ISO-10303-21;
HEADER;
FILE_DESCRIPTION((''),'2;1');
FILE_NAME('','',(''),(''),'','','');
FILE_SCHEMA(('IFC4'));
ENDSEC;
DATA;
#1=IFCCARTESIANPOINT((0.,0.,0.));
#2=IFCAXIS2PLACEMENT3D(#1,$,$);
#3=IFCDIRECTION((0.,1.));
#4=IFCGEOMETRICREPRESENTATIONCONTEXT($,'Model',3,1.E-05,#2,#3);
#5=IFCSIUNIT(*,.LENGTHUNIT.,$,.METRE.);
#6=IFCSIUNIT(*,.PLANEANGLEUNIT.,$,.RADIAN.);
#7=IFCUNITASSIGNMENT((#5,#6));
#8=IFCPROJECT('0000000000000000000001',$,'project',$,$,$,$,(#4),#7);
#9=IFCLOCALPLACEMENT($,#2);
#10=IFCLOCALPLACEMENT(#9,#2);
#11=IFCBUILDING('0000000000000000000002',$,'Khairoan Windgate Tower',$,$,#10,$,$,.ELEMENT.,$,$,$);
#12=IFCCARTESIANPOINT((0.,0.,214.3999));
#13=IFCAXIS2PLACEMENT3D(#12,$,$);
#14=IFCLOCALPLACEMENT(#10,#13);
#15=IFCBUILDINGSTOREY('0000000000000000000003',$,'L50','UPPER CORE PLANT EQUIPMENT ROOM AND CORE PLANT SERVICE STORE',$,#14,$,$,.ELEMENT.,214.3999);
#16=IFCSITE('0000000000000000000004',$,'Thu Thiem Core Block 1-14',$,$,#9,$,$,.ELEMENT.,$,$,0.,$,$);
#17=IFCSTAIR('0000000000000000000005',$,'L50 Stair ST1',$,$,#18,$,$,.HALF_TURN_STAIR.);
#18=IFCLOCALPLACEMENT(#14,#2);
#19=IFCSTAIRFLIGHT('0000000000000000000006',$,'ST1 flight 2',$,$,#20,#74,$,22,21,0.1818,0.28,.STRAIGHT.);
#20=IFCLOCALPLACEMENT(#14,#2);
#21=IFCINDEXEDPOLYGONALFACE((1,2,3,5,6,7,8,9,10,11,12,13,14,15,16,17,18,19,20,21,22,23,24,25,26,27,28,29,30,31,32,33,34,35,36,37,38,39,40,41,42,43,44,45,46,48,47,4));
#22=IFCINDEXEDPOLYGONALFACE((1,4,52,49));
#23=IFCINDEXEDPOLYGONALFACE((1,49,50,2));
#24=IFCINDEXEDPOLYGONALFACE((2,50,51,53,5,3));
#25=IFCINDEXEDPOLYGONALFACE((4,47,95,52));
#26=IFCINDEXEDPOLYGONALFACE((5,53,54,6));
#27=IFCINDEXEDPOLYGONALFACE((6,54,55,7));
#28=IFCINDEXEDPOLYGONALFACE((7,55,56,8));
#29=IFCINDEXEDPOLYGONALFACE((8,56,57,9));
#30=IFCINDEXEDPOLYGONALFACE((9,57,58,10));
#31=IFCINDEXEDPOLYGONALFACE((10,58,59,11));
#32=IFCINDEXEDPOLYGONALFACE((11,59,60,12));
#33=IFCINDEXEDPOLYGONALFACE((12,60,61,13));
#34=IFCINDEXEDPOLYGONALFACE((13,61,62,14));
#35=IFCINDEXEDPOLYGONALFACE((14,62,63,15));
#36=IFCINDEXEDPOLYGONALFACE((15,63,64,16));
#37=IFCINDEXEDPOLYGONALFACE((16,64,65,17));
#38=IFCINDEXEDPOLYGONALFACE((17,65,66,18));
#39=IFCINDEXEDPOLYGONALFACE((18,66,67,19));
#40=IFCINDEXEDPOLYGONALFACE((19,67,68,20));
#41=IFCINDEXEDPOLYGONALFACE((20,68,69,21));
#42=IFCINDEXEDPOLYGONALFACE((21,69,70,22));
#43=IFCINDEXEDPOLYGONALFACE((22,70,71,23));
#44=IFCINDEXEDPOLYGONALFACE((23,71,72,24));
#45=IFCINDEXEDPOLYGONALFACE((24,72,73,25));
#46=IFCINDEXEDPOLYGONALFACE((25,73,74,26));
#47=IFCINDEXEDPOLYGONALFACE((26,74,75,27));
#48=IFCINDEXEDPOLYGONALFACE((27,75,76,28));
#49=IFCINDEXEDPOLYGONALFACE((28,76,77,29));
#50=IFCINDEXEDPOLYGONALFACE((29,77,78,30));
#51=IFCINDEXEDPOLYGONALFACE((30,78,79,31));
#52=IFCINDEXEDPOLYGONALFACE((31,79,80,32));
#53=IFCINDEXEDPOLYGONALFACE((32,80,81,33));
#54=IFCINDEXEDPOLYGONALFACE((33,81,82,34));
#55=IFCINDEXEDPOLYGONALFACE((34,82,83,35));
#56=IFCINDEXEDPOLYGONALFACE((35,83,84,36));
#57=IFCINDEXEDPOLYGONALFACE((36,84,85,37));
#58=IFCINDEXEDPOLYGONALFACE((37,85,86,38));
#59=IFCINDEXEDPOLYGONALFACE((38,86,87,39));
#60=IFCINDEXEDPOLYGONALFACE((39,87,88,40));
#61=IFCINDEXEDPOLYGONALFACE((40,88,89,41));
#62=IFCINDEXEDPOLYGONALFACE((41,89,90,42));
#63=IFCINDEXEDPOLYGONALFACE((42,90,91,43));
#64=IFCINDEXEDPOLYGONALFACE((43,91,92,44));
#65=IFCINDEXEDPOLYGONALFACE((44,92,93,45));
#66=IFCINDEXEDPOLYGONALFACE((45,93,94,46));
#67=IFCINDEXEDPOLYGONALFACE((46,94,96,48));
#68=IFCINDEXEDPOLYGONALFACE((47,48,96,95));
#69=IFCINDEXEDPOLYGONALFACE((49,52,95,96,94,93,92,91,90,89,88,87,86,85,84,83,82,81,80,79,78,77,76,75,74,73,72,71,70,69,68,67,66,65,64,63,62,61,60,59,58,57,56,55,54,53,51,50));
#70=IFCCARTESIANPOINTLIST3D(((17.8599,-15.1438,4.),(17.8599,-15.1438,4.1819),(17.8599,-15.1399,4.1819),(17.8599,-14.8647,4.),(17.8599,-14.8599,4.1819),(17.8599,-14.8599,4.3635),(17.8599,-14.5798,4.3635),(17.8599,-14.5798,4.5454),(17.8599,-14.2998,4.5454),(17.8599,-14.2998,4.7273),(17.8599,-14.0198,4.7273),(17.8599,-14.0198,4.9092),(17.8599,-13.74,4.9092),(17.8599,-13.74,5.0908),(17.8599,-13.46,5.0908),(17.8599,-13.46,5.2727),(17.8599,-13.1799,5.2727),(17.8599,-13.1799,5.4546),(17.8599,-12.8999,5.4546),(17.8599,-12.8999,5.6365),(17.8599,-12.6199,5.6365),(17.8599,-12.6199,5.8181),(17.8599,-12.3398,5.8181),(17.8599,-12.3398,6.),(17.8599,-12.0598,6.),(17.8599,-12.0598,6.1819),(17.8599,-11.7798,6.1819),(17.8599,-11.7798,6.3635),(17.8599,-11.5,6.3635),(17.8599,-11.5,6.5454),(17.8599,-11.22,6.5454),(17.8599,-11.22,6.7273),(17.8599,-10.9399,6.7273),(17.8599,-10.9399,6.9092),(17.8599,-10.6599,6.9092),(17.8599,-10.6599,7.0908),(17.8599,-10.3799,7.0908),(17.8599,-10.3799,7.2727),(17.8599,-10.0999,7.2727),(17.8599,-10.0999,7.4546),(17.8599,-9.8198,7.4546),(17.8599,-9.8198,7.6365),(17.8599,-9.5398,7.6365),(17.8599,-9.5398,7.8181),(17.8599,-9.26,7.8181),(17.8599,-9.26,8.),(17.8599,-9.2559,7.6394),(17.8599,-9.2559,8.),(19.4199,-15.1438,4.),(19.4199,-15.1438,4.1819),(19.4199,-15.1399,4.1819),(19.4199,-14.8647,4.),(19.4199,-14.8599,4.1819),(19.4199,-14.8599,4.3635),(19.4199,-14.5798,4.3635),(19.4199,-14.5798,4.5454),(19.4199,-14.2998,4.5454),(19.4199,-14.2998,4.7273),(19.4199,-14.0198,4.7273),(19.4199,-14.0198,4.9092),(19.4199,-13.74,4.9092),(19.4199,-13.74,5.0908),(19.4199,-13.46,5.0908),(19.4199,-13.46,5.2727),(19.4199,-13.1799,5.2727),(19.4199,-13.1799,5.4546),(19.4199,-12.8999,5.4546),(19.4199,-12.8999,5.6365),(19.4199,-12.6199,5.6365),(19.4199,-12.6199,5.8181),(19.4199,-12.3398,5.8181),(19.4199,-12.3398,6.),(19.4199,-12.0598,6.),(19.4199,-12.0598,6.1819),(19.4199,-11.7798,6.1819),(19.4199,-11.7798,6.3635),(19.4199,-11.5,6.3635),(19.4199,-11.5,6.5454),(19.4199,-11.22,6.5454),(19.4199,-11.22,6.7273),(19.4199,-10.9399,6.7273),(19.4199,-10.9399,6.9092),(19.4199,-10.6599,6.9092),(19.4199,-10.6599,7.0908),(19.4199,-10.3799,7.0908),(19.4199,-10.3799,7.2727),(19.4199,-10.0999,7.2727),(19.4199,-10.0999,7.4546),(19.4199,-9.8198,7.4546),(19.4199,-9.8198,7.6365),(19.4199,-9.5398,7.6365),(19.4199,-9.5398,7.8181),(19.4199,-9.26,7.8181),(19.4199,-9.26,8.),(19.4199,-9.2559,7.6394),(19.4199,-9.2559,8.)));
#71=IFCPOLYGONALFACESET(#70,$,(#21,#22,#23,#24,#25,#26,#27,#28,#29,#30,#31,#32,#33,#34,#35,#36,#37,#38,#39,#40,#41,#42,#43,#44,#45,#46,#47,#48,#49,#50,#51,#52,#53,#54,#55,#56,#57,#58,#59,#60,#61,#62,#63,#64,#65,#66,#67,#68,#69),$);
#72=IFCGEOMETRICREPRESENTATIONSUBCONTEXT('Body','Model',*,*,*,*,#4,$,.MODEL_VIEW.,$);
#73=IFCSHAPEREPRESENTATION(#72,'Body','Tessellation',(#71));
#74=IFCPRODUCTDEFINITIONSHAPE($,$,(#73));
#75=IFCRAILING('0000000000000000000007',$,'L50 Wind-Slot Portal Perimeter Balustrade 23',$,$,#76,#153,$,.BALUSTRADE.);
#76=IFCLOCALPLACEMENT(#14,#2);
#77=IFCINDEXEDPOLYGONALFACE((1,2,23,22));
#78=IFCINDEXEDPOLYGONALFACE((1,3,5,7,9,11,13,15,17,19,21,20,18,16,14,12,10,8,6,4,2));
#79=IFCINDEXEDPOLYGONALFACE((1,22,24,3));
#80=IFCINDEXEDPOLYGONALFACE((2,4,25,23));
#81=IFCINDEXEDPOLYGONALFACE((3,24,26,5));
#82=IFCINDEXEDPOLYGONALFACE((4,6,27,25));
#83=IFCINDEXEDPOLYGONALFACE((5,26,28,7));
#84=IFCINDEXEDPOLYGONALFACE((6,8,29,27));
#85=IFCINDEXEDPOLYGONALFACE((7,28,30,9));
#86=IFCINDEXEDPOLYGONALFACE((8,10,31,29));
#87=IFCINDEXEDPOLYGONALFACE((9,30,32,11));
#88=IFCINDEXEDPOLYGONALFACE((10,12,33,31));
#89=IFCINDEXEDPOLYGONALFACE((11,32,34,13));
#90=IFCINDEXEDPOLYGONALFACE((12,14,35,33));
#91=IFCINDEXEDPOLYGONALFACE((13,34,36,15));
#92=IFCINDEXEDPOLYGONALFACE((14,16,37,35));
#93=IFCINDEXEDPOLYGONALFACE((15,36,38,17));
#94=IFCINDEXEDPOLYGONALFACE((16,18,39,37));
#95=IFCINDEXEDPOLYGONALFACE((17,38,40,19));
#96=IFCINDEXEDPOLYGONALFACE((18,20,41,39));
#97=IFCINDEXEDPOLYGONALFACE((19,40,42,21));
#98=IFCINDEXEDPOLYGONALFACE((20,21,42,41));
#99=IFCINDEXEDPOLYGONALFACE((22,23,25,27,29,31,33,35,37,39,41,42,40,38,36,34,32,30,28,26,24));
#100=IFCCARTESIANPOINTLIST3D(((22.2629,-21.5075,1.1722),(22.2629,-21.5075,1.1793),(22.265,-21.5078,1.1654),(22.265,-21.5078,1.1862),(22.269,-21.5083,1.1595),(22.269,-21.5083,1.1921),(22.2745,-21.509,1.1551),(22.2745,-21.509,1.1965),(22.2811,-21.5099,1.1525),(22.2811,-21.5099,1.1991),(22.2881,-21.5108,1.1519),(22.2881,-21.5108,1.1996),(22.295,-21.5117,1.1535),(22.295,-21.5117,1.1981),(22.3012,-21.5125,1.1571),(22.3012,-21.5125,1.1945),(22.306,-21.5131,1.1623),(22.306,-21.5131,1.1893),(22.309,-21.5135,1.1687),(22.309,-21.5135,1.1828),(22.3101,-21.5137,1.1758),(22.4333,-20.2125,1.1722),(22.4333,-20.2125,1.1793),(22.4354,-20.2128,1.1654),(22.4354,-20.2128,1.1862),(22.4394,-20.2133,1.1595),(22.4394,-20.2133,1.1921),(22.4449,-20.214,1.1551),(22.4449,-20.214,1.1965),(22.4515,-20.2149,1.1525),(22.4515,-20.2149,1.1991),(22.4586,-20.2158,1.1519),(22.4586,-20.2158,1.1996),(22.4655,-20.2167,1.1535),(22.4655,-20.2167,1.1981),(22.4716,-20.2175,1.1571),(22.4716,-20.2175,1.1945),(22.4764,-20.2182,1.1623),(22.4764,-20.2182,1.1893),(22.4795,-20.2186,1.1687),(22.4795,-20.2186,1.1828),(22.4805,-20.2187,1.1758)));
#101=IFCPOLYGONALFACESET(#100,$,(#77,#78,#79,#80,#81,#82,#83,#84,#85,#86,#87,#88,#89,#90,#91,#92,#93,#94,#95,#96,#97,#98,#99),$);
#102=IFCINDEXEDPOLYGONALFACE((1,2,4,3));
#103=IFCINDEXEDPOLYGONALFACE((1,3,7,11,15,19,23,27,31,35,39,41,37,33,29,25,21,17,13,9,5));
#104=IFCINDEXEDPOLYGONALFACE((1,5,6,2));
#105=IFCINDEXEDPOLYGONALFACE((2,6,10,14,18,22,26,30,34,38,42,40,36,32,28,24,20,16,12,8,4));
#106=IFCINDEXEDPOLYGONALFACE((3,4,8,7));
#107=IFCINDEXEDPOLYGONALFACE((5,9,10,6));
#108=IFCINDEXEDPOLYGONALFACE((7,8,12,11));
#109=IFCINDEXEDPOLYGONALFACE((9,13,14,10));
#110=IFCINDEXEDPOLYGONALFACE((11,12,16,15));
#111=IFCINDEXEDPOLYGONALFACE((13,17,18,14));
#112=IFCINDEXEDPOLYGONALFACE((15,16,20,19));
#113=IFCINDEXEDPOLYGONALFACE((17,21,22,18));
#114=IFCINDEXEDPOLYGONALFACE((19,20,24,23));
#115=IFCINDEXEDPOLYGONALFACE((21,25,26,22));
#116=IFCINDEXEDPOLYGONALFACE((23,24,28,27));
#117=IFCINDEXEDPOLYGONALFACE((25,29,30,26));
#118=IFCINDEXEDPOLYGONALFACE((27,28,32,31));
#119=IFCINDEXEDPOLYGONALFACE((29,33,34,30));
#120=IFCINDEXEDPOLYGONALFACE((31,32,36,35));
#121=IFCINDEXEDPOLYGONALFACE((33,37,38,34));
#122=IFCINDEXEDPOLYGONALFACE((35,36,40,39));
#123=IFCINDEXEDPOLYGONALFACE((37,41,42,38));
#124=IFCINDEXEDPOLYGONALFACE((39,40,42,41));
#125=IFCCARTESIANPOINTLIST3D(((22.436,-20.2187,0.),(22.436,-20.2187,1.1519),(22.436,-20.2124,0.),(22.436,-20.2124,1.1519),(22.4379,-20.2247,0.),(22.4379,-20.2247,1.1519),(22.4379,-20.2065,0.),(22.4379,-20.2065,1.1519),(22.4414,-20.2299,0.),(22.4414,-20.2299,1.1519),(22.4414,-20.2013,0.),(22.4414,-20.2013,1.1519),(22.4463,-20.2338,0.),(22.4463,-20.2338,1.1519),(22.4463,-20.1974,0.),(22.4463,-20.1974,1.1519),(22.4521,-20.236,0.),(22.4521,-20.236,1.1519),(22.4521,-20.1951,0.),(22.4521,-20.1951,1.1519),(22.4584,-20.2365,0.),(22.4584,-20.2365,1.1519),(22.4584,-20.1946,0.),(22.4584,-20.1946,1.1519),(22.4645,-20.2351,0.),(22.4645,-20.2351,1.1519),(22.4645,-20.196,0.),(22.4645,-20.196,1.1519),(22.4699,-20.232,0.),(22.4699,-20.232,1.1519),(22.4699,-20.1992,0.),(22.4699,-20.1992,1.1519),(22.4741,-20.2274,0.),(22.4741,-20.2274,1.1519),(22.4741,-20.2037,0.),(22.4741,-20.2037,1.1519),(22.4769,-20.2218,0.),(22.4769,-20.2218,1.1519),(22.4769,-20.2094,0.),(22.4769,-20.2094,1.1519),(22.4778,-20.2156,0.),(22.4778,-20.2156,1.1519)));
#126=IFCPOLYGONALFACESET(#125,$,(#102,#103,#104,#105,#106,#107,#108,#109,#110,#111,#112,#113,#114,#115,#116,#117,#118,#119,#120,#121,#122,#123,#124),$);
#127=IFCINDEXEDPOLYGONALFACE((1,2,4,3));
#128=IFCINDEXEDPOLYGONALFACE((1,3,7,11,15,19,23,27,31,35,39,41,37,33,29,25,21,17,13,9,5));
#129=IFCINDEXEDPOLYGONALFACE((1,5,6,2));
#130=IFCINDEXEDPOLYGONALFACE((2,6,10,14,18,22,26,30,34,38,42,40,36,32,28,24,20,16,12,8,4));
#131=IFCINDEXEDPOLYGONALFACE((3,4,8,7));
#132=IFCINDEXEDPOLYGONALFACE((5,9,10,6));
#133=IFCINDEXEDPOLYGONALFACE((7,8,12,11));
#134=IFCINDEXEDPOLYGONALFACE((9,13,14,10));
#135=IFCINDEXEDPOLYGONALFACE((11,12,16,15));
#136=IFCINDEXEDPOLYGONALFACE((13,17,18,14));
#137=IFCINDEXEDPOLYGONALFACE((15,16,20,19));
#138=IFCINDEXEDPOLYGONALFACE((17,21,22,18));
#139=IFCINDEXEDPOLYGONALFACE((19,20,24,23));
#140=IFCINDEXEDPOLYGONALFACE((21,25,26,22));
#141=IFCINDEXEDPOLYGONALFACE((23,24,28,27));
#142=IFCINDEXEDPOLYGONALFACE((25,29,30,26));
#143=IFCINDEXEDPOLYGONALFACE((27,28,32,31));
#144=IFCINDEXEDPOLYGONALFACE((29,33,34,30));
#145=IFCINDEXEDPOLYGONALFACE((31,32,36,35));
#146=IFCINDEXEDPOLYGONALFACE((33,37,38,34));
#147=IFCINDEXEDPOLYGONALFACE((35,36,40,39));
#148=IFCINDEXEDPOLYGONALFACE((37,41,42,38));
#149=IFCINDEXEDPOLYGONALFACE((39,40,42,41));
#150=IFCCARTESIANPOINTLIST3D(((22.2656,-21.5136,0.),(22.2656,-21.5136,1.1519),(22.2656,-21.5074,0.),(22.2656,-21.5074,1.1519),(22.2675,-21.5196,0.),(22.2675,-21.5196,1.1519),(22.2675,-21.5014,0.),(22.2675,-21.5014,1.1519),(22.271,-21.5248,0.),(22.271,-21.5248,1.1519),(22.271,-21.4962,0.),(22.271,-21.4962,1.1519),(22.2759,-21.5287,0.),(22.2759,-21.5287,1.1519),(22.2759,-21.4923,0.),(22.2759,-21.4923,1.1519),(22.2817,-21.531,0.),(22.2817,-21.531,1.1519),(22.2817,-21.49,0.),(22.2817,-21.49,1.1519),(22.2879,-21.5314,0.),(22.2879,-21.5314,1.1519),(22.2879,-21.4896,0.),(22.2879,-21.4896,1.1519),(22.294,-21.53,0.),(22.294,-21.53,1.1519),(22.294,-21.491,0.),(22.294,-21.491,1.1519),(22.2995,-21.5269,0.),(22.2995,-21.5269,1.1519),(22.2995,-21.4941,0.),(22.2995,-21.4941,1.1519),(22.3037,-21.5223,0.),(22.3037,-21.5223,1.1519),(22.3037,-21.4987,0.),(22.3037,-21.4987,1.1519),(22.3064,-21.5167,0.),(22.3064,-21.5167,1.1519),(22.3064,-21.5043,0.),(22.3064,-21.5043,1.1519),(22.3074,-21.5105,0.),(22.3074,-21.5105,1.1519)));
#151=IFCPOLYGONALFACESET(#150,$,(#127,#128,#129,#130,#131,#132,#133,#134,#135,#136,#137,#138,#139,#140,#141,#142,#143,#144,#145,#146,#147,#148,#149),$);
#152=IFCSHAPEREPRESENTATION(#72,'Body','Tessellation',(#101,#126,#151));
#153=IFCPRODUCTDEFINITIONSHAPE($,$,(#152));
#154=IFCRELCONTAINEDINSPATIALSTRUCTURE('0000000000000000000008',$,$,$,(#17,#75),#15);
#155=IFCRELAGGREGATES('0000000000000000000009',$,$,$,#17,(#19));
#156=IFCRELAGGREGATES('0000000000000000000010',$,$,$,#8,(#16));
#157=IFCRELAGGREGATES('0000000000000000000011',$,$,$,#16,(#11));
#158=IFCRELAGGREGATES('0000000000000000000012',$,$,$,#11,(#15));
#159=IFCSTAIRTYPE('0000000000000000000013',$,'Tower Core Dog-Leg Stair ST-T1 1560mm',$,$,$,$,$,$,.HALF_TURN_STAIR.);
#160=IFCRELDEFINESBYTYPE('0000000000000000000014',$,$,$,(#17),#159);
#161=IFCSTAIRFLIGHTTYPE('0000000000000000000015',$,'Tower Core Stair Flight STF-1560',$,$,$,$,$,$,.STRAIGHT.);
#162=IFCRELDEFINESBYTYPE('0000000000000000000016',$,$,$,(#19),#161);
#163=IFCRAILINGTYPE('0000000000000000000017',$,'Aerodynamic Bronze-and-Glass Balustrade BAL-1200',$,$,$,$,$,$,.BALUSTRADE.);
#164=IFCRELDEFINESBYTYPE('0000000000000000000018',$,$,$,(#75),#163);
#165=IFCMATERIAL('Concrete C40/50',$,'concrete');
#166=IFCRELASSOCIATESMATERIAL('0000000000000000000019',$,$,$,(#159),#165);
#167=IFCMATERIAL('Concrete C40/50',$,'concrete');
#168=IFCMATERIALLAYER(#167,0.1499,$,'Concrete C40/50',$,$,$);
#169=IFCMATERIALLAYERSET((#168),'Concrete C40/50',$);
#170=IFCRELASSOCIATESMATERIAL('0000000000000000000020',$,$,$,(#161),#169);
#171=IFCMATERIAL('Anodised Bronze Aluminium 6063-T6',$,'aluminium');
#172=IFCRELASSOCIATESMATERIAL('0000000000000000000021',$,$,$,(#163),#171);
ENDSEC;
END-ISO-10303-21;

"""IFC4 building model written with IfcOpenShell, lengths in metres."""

from ifc_helpers import new_model, si_unit, direction, frame, origin, origin_2d, place, context, subcontext, project, spatial, polyline, circle, outline, extrude, material, layer, layer_set, type_object, element, aggregate, save


model = new_model("IFC4")

# Units and contexts
model_context = context("Model", 3, precision=1e-05, world=origin(), true_north=direction((0.0, 1.0)))
body_context = subcontext(model_context, "Body", "Model", "MODEL_VIEW")
ifc_project = project(units=[si_unit("LENGTHUNIT", "METRE"), si_unit("PLANEANGLEUNIT", "RADIAN")], contexts=[model_context])

# Site, building, storey
site_placement = place(None, origin())
site = spatial("IfcSite", under=ifc_project, at=site_placement, Name="Thu Thiem Core Block 1-14", CompositionType="ELEMENT", RefElevation=0.0)
building_placement = place(site_placement, origin())
building = spatial("IfcBuilding", under=site, at=building_placement, Name="Khairoan Windgate Tower", CompositionType="ELEMENT")
storey_placement = place(building_placement, frame((0.0, 0.0, 214.3999)))
storey = spatial("IfcBuildingStorey", under=building, at=storey_placement, Name="L50", Description="UPPER CORE PLANT EQUIPMENT ROOM AND CORE PLANT SERVICE STORE", CompositionType="ELEMENT", Elevation=214.3999)

# Stair, stair flight
ifc_material_1 = material(Name="Concrete C40/50", Category="concrete")
stair_type = type_object("IfcStairType", Name="Tower Core Dog-Leg Stair ST-T1 1560mm", PredefinedType="HALF_TURN_STAIR", material=ifc_material_1)
stair_placement = place(storey_placement, origin())
stair = element("IfcStair", 1, at=stair_placement, inside=storey, type_object=stair_type, Name="L50 Stair ST1", PredefinedType="HALF_TURN_STAIR")
ifc_material_2 = material(Name="Concrete C40/50", Category="concrete")
ifc_layer_1 = layer(ifc_material_2, 0.1499, Name="Concrete C40/50")
ifc_layer_set_1 = layer_set([ifc_layer_1], Name="Concrete C40/50")
stair_flight_type = type_object("IfcStairFlightType", Name="Tower Core Stair Flight STF-1560", PredefinedType="STRAIGHT", material=ifc_layer_set_1)
stair_flight_1_placement = place(storey_placement, frame((18.6399, -15.1399, 4.0), z_axis=(0.0, 0.0, 1.0), x_axis=(0.0, 1.0, 0.0)))
stair_flight_1 = element("IfcStairFlight", 2, at=stair_flight_1_placement, type_object=stair_flight_type, Name="ST1 flight 2", NumberOfRisers=22, NumberOfTreads=21, PredefinedType="STRAIGHT", RiserHeight=0.1818, TreadLength=0.28, context=body_context, shape_type="SweptSolid", body=[
    extrude(outline(polyline([(-0.0039, 0.0), (-0.0039, 0.1819), (0.0, 0.1819), (0.28, 0.1819), (0.28, 0.3635), (0.5601, 0.3635), (0.5601, 0.5454), (0.8401, 0.5454), (0.8401, 0.7273), (1.1201, 0.7273), (1.1201, 0.9092), (1.3999, 0.9092), (1.3999, 1.0908), (1.6799, 1.0908), (1.6799, 1.2727), (1.96, 1.2727), (1.96, 1.4546), (2.24, 1.4546), (2.24, 1.6365), (2.52, 1.6365), (2.52, 1.8181), (2.8, 1.8181), (2.8, 2.0), (3.0801, 2.0), (3.0801, 2.1819), (3.3601, 2.1819), (3.3601, 2.3635), (3.6399, 2.3635), (3.6399, 2.5454), (3.9199, 2.5454), (3.9199, 2.7273), (4.2, 2.7273), (4.2, 2.9092), (4.48, 2.9092), (4.48, 3.0908), (4.76, 3.0908), (4.76, 3.2727), (5.04, 3.2727), (5.04, 3.4546), (5.3201, 3.4546), (5.3201, 3.6365), (5.6001, 3.6365), (5.6001, 3.8181), (5.8799, 3.8181), (5.8799, 4.0), (5.884, 4.0), (5.884, 3.6394), (0.2751, 0.0), (-0.0039, 0.0)])), frame((0.0, 0.78, 0.0), z_axis=(0.0, -1.0, 0.0), x_axis=(1.0, 0.0, 0.0)), (0.0, 0.0, 1.0), 1.5601),
])
aggregate(stair, [stair_flight_1])

# Railing
ifc_material_3 = material(Name="Anodised Bronze Aluminium 6063-T6", Category="aluminium")
railing_type_1 = type_object("IfcRailingType", Name="Aerodynamic Bronze-and-Glass Balustrade BAL-1200", PredefinedType="BALUSTRADE", material=ifc_material_3)
railing_1_placement = place(storey_placement, frame((22.4568, -20.2156, 0.0)))
element("IfcRailing", 3, at=railing_1_placement, inside=storey, type_object=railing_type_1, Name="L50 Wind-Slot Portal Perimeter Balustrade 23", PredefinedType="BALUSTRADE", context=body_context, shape_type="SweptSolid", body=[
    extrude(circle(Radius=0.0239, at=origin_2d()), frame((0.0, 0.0, 1.1758), z_axis=(-0.130474, -0.991452, 0.0), x_axis=(0.991452, -0.130474, 0.0)), (0.0, 0.0, 1.0), 1.3062),
    extrude(circle(Radius=0.021, at=origin_2d()), origin(), (0.0, 0.0, 1.0), 1.1519),
    extrude(circle(Radius=0.021, at=origin_2d()), frame((-0.1704, -1.2949, 0.0)), (0.0, 0.0, 1.0), 1.1519),
])

save(model, "model.ifc")
